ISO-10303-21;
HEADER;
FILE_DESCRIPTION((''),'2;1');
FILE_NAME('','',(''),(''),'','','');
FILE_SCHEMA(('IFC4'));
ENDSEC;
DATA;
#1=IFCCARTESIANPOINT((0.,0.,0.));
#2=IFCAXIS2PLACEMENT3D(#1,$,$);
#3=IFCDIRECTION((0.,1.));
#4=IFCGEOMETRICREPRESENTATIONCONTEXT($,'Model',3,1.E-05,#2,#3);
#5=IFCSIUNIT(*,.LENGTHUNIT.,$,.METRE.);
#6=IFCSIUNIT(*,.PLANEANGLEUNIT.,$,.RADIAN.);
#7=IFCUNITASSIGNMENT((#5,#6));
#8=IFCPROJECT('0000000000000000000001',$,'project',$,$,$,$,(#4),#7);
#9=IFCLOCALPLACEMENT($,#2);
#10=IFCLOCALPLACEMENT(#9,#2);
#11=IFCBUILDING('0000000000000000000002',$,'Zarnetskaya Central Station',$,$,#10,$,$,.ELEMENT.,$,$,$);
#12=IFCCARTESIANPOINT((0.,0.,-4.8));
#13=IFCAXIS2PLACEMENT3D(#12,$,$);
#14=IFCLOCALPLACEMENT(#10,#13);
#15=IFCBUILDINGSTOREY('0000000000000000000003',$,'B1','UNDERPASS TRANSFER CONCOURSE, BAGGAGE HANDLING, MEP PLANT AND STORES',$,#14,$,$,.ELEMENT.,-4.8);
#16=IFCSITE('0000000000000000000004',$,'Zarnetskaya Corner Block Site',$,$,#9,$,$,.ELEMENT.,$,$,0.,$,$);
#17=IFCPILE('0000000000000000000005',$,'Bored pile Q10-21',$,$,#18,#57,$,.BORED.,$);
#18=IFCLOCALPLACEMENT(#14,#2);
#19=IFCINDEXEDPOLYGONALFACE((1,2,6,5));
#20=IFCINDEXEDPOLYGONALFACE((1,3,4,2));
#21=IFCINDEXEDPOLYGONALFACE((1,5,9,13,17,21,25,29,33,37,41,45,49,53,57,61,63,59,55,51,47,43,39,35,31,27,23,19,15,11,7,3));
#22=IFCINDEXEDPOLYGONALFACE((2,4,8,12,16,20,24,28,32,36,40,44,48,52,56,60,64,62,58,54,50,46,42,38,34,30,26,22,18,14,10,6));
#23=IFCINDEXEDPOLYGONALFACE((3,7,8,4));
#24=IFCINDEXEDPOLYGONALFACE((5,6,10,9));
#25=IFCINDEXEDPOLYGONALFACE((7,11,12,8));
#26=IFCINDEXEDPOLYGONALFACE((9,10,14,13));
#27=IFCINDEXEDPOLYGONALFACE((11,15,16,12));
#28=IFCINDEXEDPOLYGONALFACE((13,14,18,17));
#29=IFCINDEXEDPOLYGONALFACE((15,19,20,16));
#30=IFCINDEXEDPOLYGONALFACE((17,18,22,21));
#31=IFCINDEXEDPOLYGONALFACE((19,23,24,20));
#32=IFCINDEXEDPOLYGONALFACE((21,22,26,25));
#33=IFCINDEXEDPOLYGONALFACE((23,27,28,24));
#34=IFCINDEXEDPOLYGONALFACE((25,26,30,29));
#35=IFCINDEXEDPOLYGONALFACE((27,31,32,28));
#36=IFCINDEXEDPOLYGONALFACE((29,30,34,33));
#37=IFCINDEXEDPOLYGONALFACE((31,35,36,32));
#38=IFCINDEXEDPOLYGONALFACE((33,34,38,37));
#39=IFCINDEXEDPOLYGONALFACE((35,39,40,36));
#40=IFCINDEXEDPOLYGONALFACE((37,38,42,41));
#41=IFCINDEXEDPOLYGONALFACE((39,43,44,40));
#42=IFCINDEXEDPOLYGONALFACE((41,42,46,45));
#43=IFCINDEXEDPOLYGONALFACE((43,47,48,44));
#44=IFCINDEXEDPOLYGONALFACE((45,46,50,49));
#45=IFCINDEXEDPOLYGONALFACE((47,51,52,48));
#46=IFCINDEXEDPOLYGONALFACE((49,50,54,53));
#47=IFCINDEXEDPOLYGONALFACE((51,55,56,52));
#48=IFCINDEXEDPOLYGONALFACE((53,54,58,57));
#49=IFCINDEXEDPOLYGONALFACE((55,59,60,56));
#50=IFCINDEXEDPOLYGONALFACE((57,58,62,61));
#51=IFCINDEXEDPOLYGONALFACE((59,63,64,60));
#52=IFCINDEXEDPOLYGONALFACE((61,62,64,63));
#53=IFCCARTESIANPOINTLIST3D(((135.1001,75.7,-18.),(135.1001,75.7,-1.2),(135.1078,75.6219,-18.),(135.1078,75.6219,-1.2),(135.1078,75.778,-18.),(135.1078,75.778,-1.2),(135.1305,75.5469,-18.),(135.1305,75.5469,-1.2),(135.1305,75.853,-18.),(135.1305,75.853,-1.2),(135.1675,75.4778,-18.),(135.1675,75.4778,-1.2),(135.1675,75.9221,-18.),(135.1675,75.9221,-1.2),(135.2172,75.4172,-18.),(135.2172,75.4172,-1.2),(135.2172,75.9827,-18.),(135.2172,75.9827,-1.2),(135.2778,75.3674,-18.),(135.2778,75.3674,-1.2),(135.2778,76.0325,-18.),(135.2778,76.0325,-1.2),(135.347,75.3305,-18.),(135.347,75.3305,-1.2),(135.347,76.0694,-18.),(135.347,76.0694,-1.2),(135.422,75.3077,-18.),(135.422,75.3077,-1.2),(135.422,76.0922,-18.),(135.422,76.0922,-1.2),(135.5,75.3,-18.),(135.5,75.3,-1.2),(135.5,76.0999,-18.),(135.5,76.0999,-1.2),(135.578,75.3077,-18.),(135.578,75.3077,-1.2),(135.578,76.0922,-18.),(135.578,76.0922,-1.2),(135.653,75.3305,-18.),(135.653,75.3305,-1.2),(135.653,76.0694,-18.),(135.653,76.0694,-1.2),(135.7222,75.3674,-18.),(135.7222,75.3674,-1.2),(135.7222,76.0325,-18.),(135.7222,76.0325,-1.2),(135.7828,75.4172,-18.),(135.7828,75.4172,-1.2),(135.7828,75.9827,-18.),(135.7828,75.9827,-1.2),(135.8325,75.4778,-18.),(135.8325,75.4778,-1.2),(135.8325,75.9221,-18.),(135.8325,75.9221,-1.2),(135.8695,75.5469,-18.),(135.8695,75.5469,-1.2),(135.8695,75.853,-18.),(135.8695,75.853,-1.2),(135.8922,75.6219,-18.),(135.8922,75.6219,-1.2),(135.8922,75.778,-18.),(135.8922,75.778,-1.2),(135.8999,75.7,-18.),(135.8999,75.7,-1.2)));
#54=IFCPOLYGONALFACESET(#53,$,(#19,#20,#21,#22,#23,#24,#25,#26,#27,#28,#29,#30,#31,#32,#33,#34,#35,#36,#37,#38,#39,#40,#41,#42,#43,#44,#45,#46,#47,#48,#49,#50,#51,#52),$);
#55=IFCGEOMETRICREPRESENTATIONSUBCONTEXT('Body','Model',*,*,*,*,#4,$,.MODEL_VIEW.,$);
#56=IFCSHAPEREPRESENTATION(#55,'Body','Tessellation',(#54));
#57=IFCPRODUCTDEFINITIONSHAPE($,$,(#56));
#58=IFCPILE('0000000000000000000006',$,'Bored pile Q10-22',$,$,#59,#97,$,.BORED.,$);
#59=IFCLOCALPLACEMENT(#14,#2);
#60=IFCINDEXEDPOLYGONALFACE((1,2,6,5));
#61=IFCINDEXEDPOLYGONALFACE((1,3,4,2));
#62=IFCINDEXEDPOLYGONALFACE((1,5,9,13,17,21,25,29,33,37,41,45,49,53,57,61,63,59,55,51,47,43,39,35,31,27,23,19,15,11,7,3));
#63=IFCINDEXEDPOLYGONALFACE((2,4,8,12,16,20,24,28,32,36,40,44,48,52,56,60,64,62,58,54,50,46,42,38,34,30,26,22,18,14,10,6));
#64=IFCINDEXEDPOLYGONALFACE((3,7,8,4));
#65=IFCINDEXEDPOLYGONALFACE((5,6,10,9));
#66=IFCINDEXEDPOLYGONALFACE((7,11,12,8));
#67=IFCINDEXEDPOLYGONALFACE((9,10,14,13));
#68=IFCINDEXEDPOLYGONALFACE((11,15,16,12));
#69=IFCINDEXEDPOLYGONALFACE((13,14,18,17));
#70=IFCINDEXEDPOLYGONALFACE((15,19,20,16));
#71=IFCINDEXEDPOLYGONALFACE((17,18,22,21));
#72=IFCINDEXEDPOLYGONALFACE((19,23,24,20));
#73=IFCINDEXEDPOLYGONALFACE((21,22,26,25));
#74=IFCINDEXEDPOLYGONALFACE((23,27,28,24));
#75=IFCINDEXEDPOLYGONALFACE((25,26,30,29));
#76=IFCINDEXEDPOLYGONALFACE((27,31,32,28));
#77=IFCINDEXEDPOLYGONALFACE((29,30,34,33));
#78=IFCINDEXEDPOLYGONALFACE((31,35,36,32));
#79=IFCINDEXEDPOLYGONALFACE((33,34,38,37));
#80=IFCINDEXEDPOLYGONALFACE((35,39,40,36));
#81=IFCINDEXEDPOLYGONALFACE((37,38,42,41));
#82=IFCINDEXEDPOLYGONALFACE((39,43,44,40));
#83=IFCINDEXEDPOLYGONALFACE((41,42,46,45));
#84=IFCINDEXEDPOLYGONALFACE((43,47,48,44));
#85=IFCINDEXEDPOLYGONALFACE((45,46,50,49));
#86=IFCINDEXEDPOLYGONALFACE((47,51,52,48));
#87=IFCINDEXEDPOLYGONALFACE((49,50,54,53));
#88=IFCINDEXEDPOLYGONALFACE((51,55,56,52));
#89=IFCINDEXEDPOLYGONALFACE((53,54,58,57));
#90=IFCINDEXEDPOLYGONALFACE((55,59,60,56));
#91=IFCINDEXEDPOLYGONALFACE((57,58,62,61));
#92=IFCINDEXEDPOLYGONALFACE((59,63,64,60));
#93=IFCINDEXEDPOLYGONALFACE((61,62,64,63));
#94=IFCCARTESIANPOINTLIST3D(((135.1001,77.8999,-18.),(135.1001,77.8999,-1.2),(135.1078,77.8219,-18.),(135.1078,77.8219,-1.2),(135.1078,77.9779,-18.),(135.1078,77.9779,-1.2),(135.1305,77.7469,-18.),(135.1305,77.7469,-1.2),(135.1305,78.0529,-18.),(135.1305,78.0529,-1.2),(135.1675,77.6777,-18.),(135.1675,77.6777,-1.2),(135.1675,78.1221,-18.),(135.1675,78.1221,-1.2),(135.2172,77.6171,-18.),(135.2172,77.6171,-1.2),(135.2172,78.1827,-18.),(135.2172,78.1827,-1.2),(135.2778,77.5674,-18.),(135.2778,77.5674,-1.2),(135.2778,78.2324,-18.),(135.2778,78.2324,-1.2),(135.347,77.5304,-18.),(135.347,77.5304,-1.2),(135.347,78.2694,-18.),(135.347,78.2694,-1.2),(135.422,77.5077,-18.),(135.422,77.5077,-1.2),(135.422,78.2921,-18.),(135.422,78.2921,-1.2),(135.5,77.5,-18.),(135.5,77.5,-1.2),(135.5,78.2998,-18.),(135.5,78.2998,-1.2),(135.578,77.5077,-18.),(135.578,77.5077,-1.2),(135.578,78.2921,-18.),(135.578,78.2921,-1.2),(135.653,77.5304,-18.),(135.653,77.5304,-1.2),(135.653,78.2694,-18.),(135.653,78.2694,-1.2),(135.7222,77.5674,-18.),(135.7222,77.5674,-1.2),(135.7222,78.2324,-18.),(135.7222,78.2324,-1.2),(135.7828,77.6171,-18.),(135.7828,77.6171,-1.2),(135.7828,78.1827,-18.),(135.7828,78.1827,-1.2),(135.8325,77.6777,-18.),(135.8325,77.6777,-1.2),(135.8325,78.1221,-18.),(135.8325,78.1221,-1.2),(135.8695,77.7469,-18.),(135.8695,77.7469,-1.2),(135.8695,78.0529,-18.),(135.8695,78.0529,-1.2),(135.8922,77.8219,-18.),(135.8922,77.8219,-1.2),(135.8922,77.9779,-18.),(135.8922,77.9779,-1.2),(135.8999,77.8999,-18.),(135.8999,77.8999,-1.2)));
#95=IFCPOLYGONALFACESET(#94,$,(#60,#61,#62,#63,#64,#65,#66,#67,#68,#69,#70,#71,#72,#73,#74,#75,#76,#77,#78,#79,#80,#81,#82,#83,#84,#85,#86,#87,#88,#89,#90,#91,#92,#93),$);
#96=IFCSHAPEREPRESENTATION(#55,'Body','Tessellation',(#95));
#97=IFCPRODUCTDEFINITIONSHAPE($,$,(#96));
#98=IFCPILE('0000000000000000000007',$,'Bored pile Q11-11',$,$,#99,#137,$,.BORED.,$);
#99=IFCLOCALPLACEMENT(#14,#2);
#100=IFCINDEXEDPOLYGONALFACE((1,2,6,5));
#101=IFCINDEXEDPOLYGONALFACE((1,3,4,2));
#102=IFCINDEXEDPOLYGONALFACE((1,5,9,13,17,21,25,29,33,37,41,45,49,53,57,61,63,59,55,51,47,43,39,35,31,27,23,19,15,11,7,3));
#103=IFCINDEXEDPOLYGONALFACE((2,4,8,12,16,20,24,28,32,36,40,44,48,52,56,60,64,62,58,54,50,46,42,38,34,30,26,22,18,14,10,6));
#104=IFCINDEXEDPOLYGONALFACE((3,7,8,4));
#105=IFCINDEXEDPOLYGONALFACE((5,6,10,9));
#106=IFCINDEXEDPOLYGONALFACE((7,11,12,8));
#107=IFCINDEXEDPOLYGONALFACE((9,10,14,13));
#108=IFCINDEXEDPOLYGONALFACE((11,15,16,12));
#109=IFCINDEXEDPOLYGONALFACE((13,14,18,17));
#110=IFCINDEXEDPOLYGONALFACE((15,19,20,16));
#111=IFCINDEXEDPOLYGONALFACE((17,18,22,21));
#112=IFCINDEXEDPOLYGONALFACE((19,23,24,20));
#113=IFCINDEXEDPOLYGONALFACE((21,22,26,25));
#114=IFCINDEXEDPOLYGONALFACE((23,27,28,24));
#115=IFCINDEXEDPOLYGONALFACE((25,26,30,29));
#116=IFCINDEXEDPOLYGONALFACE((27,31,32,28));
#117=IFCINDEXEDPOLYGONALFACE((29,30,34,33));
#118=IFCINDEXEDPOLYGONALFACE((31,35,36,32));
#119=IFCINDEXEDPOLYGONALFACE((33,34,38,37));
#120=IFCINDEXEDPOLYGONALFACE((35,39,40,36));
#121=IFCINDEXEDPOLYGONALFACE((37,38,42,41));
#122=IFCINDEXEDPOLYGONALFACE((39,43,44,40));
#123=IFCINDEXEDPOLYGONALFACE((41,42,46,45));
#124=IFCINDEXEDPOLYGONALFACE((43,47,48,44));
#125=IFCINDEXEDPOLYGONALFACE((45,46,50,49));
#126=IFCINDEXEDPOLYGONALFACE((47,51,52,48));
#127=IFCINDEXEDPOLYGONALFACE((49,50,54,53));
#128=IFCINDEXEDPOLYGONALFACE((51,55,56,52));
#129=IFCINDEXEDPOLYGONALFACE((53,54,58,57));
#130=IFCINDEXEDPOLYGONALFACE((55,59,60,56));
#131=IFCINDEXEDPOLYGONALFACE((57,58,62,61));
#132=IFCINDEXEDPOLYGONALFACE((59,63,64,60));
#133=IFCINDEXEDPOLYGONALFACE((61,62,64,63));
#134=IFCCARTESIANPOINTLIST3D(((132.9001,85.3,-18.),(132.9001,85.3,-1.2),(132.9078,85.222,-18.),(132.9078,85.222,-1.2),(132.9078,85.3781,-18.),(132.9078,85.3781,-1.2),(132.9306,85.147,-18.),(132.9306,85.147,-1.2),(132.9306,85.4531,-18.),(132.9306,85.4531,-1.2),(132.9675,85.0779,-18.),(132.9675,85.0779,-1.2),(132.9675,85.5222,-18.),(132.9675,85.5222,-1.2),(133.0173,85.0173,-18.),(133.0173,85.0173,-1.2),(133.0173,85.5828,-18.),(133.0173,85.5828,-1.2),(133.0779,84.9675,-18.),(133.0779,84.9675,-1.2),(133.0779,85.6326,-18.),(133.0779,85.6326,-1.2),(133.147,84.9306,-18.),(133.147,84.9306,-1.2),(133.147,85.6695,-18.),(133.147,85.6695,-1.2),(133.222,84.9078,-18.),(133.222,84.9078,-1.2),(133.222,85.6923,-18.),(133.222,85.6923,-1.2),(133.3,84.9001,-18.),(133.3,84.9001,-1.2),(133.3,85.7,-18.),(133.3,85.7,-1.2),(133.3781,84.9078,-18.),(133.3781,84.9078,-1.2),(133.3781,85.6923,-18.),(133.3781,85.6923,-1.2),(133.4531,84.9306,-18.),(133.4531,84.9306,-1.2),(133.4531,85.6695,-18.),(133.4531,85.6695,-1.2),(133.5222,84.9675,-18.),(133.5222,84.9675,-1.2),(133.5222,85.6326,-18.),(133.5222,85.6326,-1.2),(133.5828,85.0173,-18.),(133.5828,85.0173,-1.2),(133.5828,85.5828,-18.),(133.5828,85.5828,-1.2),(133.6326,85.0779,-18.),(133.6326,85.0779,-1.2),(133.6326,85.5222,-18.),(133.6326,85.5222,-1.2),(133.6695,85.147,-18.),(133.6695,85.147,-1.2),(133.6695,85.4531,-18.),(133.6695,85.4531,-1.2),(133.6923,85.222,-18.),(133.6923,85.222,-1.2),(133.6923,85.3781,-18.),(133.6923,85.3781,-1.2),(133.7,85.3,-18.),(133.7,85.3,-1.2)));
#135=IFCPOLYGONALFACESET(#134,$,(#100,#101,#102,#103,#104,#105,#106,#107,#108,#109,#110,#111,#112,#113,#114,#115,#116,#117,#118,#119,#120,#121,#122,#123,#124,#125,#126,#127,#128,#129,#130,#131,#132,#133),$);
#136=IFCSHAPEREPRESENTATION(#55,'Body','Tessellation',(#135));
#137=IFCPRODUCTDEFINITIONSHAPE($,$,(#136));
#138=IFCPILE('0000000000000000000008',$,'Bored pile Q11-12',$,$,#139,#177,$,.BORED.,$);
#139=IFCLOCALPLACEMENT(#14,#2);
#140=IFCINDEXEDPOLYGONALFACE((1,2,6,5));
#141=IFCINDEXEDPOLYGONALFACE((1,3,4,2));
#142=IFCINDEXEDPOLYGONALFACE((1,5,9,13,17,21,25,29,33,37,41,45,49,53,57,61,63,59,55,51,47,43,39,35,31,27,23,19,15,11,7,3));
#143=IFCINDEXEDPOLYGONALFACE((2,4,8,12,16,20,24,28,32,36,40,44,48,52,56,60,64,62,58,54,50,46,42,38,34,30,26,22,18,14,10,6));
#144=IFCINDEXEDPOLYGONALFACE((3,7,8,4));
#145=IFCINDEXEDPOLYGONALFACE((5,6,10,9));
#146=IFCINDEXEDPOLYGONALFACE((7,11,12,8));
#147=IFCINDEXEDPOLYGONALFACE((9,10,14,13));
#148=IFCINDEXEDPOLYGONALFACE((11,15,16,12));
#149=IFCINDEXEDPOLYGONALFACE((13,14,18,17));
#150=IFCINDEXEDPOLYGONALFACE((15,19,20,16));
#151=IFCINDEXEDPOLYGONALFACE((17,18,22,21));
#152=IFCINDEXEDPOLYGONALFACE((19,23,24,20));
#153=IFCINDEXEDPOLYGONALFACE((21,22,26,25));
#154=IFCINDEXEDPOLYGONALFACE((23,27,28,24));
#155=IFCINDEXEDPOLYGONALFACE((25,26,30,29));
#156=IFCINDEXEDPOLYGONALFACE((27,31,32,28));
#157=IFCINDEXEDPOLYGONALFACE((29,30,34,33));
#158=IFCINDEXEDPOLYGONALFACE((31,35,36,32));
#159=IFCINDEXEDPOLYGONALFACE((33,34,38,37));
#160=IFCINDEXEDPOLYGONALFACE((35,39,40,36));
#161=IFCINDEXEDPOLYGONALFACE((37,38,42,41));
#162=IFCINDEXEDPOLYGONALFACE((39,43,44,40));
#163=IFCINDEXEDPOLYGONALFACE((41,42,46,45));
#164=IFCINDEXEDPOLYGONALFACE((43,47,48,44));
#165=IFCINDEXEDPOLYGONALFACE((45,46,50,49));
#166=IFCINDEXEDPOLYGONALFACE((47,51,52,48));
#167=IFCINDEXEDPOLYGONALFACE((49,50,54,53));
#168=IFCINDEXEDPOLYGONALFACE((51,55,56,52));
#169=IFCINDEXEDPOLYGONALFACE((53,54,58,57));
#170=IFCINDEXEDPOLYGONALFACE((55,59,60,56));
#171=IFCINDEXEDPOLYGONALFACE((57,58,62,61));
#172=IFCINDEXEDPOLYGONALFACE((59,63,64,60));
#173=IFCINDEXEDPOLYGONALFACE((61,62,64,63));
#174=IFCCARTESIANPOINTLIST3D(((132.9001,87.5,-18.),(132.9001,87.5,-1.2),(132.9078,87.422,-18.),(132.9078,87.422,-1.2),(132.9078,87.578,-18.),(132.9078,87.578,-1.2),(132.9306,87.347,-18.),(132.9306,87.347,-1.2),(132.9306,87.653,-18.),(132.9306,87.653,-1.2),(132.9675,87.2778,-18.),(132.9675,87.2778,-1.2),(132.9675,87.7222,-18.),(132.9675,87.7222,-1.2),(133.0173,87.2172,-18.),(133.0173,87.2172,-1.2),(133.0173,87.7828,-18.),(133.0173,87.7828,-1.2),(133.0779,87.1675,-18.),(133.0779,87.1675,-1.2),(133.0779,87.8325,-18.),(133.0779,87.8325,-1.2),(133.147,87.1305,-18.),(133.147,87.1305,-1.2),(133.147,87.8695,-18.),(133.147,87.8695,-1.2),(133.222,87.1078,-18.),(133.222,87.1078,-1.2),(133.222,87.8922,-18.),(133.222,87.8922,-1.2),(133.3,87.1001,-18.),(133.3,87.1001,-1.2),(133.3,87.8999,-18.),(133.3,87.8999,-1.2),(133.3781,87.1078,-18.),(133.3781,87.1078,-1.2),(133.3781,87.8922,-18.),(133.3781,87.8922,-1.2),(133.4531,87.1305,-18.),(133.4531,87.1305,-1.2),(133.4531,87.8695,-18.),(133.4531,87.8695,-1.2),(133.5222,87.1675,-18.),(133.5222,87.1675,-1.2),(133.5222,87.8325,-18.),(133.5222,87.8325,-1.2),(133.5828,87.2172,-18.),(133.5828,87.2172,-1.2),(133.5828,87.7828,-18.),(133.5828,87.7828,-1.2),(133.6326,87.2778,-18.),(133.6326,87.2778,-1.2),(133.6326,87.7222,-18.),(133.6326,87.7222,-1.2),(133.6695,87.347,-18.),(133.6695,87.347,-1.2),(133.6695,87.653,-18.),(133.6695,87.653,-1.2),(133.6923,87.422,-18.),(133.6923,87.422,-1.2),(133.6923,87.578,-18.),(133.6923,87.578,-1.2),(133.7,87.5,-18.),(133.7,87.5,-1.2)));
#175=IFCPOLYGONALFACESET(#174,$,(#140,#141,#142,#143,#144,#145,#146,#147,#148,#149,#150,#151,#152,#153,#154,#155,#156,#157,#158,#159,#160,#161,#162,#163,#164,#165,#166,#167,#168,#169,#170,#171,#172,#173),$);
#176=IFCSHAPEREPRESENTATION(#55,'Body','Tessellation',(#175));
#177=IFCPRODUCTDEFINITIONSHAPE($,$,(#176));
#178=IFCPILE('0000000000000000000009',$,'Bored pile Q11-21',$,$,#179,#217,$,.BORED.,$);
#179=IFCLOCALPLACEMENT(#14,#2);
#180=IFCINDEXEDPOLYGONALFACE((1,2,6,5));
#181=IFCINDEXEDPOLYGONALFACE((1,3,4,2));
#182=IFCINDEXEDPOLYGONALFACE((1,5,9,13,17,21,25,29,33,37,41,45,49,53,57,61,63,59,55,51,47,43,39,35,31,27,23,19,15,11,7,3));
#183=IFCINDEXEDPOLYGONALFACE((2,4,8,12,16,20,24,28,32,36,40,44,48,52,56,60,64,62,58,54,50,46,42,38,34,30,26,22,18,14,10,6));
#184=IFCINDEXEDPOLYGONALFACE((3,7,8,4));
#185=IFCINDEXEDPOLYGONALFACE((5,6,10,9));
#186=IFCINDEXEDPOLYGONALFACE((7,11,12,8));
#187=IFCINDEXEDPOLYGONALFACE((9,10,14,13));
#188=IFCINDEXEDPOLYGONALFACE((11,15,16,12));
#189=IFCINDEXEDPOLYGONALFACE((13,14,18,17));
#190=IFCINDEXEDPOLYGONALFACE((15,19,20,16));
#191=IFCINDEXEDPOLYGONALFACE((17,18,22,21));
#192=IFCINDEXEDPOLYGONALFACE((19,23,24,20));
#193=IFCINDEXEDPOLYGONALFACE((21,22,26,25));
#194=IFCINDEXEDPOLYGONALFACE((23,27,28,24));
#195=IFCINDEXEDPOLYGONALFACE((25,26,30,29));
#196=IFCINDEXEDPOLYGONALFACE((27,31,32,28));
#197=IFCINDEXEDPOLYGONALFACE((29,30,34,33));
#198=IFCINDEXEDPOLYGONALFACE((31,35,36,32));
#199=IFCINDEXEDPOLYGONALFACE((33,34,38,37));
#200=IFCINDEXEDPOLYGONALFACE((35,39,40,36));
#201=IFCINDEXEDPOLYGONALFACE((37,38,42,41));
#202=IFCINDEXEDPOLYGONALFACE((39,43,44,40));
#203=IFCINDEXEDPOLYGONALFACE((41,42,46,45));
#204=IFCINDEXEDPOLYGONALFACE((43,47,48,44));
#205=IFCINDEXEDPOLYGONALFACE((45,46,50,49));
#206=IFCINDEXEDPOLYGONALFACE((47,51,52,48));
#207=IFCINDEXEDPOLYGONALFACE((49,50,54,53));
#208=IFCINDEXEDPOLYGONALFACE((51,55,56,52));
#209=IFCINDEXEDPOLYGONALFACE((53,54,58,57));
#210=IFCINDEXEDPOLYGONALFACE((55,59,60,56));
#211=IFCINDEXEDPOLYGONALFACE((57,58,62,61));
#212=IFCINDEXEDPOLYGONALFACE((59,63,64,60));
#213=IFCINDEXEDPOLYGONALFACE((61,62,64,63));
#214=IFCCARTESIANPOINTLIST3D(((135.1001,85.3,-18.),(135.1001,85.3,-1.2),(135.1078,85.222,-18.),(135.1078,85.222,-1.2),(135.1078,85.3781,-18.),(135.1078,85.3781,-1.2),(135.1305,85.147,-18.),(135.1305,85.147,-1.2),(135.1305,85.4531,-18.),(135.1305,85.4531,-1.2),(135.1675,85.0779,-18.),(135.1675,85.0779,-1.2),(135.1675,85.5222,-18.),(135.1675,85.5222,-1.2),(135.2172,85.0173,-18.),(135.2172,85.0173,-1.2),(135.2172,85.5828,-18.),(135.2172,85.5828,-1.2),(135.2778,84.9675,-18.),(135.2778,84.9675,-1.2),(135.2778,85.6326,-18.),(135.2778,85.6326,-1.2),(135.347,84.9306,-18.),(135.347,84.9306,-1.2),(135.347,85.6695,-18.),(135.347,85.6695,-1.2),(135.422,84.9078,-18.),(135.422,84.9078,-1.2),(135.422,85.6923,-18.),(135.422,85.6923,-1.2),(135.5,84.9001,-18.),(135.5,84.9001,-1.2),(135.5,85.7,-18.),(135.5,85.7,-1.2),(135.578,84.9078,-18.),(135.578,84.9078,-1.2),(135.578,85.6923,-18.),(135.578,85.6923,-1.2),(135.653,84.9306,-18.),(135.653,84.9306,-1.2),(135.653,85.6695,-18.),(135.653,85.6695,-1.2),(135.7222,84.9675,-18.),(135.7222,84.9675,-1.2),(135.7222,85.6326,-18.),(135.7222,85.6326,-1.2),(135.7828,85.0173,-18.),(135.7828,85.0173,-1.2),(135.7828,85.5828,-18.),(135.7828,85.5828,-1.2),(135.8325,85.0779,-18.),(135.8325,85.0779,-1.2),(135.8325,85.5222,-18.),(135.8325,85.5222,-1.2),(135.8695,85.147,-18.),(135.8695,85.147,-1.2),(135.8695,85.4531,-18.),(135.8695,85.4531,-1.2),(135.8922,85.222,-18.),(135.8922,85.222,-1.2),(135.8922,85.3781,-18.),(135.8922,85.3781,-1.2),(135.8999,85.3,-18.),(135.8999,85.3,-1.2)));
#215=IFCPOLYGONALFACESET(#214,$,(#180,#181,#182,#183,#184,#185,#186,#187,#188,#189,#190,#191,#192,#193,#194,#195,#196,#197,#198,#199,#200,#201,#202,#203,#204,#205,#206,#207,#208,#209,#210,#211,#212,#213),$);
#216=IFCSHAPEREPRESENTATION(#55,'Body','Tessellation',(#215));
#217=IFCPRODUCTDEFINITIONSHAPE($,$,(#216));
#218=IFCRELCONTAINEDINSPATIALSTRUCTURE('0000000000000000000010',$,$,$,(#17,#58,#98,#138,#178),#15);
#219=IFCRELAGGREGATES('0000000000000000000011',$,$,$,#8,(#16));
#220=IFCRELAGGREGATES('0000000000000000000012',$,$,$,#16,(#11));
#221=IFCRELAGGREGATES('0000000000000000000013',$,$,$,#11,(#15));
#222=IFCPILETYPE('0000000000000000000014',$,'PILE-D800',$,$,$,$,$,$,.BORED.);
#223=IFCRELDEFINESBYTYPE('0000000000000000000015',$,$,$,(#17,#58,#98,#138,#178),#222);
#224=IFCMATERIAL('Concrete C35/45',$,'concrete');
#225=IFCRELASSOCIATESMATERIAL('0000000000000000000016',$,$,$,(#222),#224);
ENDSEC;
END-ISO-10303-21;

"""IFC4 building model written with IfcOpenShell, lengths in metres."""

from ifc_helpers import new_model, si_unit, direction, frame, origin, origin_2d, place, context, subcontext, project, spatial, circle, extrude, material, material_profile, profile_set, type_object, element, save


model = new_model("IFC4")

# Units and contexts
model_context = context("Model", 3, precision=1e-05, world=origin(), true_north=direction((0.0, 1.0)))
body_context = subcontext(model_context, "Body", "Model", "MODEL_VIEW")
ifc_project = project(units=[si_unit("LENGTHUNIT", "METRE"), si_unit("PLANEANGLEUNIT", "RADIAN")], contexts=[model_context])

# Site, building, storey
site_placement = place(None, origin())
site = spatial("IfcSite", under=ifc_project, at=site_placement, Name="Zarnetskaya Corner Block Site", CompositionType="ELEMENT", RefElevation=0.0)
building_placement = place(site_placement, origin())
building = spatial("IfcBuilding", under=site, at=building_placement, Name="Zarnetskaya Central Station", CompositionType="ELEMENT")
storey_placement = place(building_placement, frame((0.0, 0.0, -4.8)))
storey = spatial("IfcBuildingStorey", under=building, at=storey_placement, Name="B1", Description="UNDERPASS TRANSFER CONCOURSE, BAGGAGE HANDLING, MEP PLANT AND STORES", CompositionType="ELEMENT", Elevation=-4.8)

# Shared definitions
ifc_material = material(Name="Concrete C35/45", Category="concrete")

# Piles
ifc_material_profile_1 = material_profile(ifc_material, circle(Radius=0.3999, at=origin_2d()), Name="BORED PILE D800")
ifc_profile_set_1 = profile_set([ifc_material_profile_1], Name="Concrete C35/45")
pile_type_1 = type_object("IfcPileType", Name="PILE-D800", PredefinedType="BORED", material=ifc_profile_set_1)
for number, where, z_axis, x_axis, name in (
    (1, (135.5, 75.7, -1.2), (0.0, 0.0, -1.0), (1.0, 0.0, 0.0), "Bored pile Q10-21"),
    (2, (135.5, 77.8999, -1.2), (0.0, 0.0, -1.0), (1.0, 0.0, 0.0), "Bored pile Q10-22"),
    (3, (133.3, 85.3, -1.2), (0.0, 0.0, -1.0), (1.0, 0.0, 0.0), "Bored pile Q11-11"),
    (4, (133.3, 87.5, -1.2), (0.0, 0.0, -1.0), (1.0, 0.0, 0.0), "Bored pile Q11-12"),
    (5, (135.5, 85.3, -1.2), (0.0, 0.0, -1.0), (1.0, 0.0, 0.0), "Bored pile Q11-21"),
):
    element("IfcPile", number, at=place(storey_placement, frame(where, z_axis=z_axis, x_axis=x_axis)), inside=storey, type_object=pile_type_1, Name=name, PredefinedType="BORED", context=body_context, shape_type="SweptSolid", body=[
        extrude(circle(Radius=0.3999, at=origin_2d()), origin(), (0.0, 0.0, 1.0), 16.8),
    ])

save(model, "model.ifc")
